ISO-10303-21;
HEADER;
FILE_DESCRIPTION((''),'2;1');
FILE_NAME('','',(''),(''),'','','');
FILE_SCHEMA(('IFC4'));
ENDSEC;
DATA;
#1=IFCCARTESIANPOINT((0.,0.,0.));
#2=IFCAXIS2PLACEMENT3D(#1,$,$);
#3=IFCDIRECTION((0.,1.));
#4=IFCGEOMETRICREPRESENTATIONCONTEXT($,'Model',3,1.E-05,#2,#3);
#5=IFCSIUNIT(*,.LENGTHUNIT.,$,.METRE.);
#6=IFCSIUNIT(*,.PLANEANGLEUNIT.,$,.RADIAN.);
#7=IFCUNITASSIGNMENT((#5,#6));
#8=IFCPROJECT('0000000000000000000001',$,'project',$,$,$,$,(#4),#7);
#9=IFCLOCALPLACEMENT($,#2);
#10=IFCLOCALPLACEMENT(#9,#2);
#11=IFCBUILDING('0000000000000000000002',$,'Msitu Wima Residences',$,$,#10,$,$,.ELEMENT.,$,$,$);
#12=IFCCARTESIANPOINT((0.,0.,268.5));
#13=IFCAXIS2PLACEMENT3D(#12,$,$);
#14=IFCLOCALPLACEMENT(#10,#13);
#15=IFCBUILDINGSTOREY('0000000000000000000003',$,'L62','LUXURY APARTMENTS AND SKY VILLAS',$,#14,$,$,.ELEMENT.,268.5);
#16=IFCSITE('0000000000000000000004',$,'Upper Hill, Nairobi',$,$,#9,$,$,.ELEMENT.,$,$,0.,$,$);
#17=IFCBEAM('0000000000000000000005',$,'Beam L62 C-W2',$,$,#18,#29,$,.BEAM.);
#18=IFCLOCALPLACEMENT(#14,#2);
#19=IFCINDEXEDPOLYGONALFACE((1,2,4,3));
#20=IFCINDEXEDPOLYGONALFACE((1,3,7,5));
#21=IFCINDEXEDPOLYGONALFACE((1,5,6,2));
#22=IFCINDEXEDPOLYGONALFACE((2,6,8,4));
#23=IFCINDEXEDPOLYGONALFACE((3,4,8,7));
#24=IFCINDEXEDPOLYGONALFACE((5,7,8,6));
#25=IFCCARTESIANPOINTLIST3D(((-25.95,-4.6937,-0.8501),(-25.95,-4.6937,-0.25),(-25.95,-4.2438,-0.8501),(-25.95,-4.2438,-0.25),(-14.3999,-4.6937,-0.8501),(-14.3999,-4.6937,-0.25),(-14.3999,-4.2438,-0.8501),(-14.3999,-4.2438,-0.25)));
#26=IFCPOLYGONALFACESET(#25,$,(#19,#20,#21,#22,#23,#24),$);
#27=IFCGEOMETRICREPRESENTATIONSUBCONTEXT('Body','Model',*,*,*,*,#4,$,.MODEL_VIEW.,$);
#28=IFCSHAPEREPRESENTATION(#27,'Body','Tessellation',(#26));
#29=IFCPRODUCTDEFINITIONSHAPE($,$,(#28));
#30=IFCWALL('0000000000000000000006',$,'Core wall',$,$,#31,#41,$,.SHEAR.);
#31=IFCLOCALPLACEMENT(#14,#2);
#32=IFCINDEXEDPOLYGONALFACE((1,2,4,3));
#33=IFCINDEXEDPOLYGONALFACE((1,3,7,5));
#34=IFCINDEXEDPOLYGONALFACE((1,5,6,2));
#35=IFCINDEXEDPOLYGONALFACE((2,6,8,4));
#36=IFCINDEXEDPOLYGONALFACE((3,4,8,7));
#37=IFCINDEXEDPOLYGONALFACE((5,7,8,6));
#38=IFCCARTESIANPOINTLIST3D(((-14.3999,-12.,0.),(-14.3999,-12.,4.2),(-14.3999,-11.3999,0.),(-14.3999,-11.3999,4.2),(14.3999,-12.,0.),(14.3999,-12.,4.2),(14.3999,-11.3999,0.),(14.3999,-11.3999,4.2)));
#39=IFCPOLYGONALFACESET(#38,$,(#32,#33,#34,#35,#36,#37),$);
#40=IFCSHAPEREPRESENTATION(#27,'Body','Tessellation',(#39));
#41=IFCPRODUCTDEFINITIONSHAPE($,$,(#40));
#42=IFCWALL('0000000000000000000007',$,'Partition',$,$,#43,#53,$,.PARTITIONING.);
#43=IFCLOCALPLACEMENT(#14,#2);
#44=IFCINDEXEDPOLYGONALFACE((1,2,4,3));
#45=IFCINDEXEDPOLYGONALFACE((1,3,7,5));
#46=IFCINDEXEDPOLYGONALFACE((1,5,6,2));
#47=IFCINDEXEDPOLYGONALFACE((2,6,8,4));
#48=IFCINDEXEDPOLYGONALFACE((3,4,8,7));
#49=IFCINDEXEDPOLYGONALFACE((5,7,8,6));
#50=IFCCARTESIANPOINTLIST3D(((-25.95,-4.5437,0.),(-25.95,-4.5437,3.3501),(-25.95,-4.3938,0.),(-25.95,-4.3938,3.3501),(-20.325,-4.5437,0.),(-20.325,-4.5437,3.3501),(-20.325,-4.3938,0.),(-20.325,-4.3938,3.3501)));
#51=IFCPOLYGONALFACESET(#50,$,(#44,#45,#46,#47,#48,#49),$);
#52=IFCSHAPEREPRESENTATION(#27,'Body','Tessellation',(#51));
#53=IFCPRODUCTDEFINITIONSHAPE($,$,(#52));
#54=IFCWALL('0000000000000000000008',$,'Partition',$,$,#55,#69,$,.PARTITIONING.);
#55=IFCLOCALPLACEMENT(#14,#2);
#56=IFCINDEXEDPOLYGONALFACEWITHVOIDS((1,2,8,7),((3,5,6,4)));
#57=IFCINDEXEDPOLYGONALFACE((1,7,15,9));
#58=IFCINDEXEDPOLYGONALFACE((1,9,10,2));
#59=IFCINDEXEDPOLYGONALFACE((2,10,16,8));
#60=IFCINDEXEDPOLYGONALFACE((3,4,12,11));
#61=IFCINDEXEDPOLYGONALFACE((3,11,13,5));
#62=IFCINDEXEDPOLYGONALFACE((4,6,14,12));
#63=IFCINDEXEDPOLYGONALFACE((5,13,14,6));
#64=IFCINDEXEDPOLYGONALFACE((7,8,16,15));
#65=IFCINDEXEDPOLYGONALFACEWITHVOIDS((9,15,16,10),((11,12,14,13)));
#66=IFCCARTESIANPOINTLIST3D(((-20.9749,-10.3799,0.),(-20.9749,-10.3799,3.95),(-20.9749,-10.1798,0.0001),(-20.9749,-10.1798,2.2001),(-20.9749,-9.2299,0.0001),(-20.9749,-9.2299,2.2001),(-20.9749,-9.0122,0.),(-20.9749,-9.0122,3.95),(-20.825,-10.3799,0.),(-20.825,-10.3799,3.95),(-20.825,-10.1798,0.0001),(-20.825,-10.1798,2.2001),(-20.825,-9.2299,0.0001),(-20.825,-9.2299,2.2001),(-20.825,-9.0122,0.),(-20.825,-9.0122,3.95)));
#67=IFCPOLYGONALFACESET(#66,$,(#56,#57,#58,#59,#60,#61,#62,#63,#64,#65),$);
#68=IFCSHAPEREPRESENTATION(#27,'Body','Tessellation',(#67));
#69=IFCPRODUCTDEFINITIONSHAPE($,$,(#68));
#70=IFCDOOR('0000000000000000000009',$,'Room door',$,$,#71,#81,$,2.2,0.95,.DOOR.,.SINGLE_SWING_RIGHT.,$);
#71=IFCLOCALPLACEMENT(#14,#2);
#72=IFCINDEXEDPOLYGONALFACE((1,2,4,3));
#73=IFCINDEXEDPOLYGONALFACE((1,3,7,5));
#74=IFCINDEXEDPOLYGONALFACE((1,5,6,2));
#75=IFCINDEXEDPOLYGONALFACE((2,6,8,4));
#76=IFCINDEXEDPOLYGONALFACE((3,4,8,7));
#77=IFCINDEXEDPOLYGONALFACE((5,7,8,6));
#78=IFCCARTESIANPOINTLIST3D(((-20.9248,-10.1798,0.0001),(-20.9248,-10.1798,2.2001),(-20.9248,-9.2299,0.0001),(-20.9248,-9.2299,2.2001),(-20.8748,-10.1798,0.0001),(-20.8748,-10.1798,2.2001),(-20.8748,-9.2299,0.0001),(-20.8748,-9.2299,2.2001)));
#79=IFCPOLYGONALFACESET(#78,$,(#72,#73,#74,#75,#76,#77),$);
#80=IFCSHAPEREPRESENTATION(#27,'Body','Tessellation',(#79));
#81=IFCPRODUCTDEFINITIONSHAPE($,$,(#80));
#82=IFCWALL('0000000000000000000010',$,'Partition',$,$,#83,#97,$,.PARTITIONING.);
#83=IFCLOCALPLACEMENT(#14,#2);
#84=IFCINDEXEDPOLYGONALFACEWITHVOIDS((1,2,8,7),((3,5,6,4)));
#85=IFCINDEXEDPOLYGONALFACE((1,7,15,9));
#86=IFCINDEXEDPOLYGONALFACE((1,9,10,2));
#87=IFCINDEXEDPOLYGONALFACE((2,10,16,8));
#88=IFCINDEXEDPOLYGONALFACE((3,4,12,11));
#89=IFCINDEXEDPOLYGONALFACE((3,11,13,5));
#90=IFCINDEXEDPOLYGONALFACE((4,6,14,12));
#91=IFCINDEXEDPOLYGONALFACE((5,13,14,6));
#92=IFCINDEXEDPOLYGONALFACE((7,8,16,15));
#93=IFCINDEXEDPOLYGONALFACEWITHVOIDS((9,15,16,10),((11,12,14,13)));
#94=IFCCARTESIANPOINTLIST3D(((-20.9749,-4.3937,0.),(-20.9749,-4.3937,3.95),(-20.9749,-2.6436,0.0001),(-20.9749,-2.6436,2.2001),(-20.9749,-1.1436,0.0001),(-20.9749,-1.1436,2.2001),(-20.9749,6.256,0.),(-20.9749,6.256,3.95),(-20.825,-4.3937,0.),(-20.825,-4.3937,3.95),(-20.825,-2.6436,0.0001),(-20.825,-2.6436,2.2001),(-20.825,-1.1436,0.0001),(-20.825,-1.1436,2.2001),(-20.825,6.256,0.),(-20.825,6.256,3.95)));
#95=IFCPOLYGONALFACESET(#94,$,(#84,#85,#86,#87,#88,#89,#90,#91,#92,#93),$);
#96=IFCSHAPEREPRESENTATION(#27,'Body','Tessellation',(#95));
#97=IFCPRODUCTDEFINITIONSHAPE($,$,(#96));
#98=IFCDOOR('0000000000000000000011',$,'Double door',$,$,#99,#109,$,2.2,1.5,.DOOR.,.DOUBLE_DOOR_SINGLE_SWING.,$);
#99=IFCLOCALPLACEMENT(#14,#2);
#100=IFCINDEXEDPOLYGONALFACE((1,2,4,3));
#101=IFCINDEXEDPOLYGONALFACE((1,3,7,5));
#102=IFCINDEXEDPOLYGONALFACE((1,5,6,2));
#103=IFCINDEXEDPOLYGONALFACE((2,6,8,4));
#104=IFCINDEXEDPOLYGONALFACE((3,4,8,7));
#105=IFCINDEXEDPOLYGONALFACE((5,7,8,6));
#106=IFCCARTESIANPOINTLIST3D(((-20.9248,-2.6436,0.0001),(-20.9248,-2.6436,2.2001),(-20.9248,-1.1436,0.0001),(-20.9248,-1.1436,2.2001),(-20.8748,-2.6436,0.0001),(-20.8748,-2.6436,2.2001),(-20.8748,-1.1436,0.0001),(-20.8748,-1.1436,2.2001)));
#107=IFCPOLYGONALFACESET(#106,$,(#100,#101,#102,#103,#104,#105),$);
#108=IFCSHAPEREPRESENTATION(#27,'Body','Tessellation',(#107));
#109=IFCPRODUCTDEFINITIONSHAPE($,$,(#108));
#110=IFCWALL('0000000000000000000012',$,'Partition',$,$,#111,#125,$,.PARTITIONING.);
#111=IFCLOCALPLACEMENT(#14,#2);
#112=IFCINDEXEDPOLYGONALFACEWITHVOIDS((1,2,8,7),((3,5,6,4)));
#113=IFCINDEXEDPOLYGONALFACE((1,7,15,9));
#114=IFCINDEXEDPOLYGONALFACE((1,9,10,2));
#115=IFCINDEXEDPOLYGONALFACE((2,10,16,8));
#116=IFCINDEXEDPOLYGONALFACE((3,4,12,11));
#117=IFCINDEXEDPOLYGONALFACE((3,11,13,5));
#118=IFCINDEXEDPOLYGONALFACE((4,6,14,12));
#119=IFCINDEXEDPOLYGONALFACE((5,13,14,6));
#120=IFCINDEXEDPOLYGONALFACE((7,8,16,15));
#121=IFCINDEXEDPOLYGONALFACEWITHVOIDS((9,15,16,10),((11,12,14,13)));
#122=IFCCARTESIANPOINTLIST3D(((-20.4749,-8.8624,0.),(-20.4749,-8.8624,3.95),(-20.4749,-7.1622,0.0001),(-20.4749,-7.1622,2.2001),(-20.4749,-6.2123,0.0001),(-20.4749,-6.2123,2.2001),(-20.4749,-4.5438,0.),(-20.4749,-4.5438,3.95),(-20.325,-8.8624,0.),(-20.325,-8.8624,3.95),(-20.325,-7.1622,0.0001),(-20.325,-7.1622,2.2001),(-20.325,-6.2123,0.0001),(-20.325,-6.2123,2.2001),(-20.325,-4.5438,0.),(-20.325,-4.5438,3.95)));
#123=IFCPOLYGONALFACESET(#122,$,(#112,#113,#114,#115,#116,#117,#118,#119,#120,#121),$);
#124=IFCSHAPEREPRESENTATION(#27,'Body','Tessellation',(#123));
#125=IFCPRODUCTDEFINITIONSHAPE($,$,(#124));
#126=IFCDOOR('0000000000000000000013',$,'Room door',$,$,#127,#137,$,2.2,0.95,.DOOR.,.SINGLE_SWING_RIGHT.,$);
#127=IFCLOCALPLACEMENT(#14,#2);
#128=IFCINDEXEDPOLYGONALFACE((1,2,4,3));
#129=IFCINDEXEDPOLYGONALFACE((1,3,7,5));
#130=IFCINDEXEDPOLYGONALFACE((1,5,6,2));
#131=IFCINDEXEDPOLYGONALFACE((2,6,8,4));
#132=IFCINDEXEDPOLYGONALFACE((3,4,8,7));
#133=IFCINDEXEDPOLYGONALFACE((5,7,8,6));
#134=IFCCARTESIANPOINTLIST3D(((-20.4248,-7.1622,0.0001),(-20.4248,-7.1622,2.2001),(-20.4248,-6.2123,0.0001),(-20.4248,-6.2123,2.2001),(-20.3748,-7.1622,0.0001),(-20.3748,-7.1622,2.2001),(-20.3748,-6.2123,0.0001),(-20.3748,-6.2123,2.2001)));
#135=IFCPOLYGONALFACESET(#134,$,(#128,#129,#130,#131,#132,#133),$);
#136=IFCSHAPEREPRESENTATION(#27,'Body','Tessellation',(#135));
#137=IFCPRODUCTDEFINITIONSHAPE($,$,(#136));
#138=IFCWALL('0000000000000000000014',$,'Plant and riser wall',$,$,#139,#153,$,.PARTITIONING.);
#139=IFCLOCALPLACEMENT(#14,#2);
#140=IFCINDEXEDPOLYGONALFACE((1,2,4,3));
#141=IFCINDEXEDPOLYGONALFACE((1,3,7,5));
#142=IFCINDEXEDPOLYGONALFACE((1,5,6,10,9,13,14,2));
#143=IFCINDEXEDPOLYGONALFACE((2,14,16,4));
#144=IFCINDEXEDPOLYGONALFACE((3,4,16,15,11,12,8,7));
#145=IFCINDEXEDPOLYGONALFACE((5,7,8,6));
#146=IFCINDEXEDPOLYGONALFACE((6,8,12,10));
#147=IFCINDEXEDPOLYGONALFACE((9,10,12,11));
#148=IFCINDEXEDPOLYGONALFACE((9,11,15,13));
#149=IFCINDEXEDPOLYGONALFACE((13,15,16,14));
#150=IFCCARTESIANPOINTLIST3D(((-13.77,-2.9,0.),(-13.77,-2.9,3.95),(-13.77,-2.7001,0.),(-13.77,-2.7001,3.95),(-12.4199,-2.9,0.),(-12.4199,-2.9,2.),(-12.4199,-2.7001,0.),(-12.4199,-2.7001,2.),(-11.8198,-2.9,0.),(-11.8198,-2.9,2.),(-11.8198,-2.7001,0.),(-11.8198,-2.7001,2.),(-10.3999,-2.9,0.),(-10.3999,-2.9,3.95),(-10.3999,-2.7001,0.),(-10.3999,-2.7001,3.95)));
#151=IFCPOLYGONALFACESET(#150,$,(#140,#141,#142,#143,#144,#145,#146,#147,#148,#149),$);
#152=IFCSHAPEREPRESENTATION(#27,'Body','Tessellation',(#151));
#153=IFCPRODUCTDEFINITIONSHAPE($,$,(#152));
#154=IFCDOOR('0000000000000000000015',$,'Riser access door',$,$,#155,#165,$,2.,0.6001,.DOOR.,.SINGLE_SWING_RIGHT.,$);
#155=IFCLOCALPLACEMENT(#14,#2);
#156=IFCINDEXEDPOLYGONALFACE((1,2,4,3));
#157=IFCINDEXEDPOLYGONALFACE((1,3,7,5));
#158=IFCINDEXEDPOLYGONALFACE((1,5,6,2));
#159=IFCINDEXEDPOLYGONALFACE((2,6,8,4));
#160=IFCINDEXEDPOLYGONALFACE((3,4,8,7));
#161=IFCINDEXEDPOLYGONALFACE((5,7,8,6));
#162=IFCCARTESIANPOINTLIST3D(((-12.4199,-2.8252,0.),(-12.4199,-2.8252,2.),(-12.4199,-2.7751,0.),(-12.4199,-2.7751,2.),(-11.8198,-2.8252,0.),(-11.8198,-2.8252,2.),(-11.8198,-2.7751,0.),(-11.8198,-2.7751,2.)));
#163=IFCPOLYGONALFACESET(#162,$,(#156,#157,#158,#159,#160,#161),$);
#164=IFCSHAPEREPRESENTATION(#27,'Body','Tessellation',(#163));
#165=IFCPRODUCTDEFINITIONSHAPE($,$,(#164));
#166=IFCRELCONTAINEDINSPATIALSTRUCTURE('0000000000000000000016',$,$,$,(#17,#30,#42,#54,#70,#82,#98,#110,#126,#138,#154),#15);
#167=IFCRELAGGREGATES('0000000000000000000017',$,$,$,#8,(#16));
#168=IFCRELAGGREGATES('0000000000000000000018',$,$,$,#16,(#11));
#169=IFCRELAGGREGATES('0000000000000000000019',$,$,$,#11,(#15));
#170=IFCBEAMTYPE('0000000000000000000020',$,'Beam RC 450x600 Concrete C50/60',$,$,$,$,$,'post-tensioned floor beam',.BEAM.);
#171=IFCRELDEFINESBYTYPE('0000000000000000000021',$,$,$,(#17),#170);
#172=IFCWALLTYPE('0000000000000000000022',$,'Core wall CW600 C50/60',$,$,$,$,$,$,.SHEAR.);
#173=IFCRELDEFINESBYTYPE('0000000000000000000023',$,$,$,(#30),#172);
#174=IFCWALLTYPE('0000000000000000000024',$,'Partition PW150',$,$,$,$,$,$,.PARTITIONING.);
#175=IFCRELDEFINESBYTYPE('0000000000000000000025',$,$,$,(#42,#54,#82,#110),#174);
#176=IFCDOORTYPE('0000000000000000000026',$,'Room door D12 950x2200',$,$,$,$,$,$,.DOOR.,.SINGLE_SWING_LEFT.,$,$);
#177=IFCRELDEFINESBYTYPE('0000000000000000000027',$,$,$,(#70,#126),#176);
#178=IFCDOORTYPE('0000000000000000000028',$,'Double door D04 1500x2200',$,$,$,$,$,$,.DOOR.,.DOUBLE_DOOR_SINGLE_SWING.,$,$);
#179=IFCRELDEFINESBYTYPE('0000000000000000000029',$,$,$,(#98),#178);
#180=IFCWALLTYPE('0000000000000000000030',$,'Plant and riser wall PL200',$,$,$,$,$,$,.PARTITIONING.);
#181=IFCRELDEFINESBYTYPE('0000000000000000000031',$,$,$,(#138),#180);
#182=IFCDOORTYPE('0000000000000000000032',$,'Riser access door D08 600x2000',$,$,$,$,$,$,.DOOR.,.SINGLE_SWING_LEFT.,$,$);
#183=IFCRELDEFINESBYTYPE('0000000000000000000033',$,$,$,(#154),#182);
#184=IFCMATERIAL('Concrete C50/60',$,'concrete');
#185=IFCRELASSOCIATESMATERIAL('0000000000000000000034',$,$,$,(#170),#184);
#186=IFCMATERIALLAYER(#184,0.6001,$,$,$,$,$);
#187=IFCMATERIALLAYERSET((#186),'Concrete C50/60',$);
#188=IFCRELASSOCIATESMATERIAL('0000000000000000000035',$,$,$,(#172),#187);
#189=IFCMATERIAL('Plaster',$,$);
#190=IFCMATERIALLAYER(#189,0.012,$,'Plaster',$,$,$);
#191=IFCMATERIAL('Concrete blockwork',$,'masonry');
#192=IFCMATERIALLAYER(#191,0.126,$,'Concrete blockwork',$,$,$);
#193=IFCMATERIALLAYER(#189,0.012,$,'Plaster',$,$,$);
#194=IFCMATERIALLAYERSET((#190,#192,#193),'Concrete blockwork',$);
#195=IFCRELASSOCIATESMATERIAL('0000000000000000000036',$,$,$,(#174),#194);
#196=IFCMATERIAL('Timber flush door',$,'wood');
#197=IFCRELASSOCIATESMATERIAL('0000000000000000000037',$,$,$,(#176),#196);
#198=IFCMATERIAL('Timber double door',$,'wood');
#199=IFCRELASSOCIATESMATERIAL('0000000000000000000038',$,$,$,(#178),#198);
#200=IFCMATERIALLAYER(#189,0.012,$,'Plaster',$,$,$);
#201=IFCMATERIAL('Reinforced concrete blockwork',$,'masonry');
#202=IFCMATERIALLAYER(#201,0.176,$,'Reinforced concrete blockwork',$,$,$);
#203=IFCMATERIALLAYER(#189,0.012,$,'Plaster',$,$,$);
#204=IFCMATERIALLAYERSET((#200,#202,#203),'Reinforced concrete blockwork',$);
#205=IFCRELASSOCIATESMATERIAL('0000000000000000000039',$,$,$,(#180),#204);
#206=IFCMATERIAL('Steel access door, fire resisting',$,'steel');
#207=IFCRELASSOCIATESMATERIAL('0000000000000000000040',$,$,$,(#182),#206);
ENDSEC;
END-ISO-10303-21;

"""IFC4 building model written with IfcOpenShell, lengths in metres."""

from ifc_helpers import new_model, si_unit, direction, frame, frame_2d, origin, origin_2d, place, context, subcontext, project, spatial, rectangle, extrude, material, layer, layer_set, material_profile, profile_set, type_object, element, fill, save


model = new_model("IFC4")

# Units and contexts
model_context = context("Model", 3, precision=1e-05, world=origin(), true_north=direction((0.0, 1.0)))
body_context = subcontext(model_context, "Body", "Model", "MODEL_VIEW")
ifc_project = project(units=[si_unit("LENGTHUNIT", "METRE"), si_unit("PLANEANGLEUNIT", "RADIAN")], contexts=[model_context])

# Site, building, storey
site_placement = place(None, origin())
site = spatial("IfcSite", under=ifc_project, at=site_placement, Name="Upper Hill, Nairobi", CompositionType="ELEMENT", RefElevation=0.0)
building_placement = place(site_placement, origin())
building = spatial("IfcBuilding", under=site, at=building_placement, Name="Msitu Wima Residences", CompositionType="ELEMENT")
storey_placement = place(building_placement, frame((0.0, 0.0, 268.5)))
storey = spatial("IfcBuildingStorey", under=building, at=storey_placement, Name="L62", Description="LUXURY APARTMENTS AND SKY VILLAS", CompositionType="ELEMENT", Elevation=268.5)

# Beam
ifc_material_1 = material(Name="Concrete C50/60", Category="concrete")
ifc_material_profile = material_profile(ifc_material_1, rectangle(XDim=0.45, YDim=0.6001, at=origin_2d()), Name="RC 450x600")
ifc_profile_set = profile_set([ifc_material_profile], Name="Concrete C50/60")
beam_type = type_object("IfcBeamType", Name="Beam RC 450x600 Concrete C50/60", ElementType="post-tensioned floor beam", PredefinedType="BEAM", material=ifc_profile_set)
beam_placement = place(storey_placement, frame((-25.95, -4.4688, -0.55), z_axis=(1.0, 0.0, 0.0), x_axis=(0.0, 1.0, 0.0)))
element("IfcBeam", 1, at=beam_placement, inside=storey, type_object=beam_type, Name="Beam L62 C-W2", PredefinedType="BEAM", context=body_context, shape_type="SweptSolid", body=[
    extrude(rectangle(XDim=0.45, YDim=0.6001, at=origin_2d()), origin(), (0.0, 0.0, 1.0), 11.55),
])

# Wall
ifc_layer_1 = layer(ifc_material_1, 0.6001)
ifc_layer_set_1 = layer_set([ifc_layer_1], Name="Concrete C50/60")
wall_type_1 = type_object("IfcWallType", Name="Core wall CW600 C50/60", PredefinedType="SHEAR", material=ifc_layer_set_1)
wall_1_placement = place(storey_placement, frame((-14.3999, -11.7, 0.0), z_axis=(0.0, 0.0, 1.0), x_axis=(1.0, 0.0, 0.0)))
element("IfcWall", 2, at=wall_1_placement, inside=storey, type_object=wall_type_1, Name="Core wall", PredefinedType="SHEAR", context=body_context, shape_type="SweptSolid", body=[
    extrude(rectangle(XDim=28.7998, YDim=0.6001, at=frame_2d((14.3999, 0.0))), origin(), (0.0, 0.0, 1.0), 4.2),
])

# Wall
ifc_material_2 = material(Name="Plaster")
ifc_layer_2 = layer(ifc_material_2, 0.012, Name="Plaster")
ifc_material_3 = material(Name="Concrete blockwork", Category="masonry")
ifc_layer_3 = layer(ifc_material_3, 0.126, Name="Concrete blockwork")
ifc_layer_4 = layer(ifc_material_2, 0.012, Name="Plaster")
ifc_layer_set_2 = layer_set([ifc_layer_2, ifc_layer_3, ifc_layer_4], Name="Concrete blockwork")
wall_type_2 = type_object("IfcWallType", Name="Partition PW150", PredefinedType="PARTITIONING", material=ifc_layer_set_2)
wall_2_placement = place(storey_placement, frame((-25.95, -4.4688, 0.0), z_axis=(0.0, 0.0, 1.0), x_axis=(1.0, 0.0, 0.0)))
element("IfcWall", 3, at=wall_2_placement, inside=storey, type_object=wall_type_2, Name="Partition", PredefinedType="PARTITIONING", context=body_context, shape_type="SweptSolid", body=[
    extrude(rectangle(XDim=5.625, YDim=0.1499, at=frame_2d((2.8125, 0.0))), origin(), (0.0, 0.0, 1.0), 3.3501),
])

# Walls, openings, doors
wall_3_placement = place(storey_placement, frame((-20.8999, -10.3799, 0.0), z_axis=(0.0, 0.0, 1.0), x_axis=(0.0, 1.0, 0.0)))
wall_3 = element("IfcWall", 4, at=wall_3_placement, inside=storey, type_object=wall_type_2, Name="Partition", PredefinedType="PARTITIONING", context=body_context, shape_type="SweptSolid", body=[
    extrude(rectangle(XDim=1.3677, YDim=0.1499, at=frame_2d((0.6838, 0.0))), origin(), (0.0, 0.0, 1.0), 3.95),
])
opening_1_placement = place(wall_3_placement, frame((0.2, 0.0, 0.0)))
opening_1 = element("IfcOpeningElement", 5, at=opening_1_placement, cuts=wall_3, PredefinedType="OPENING", context=body_context, shape_type="SweptSolid", body=[
    extrude(rectangle(XDim=0.95, YDim=2.2, at=frame_2d((0.4751, 1.1001))), frame((0.0, 0.085, 0.0), z_axis=(0.0, -1.0, 0.0), x_axis=(1.0, 0.0, 0.0)), (0.0, 0.0, 1.0), 0.1699),
])
ifc_material_4 = material(Name="Timber flush door", Category="wood")
door_type_1 = type_object("IfcDoorType", Name="Room door D12 950x2200", OperationType="SINGLE_SWING_LEFT", PredefinedType="DOOR", material=ifc_material_4)
door_1_placement = place(opening_1_placement, origin())
door_1 = element("IfcDoor", 6, at=door_1_placement, inside=storey, type_object=door_type_1, Name="Room door", OperationType="SINGLE_SWING_RIGHT", OverallHeight=2.2, OverallWidth=0.95, PredefinedType="DOOR", context=body_context, shape_type="SweptSolid", body=[
    extrude(rectangle(XDim=0.95, YDim=2.2, at=frame_2d((0.4751, 1.1001))), frame((0.0, 0.0249, 0.0), z_axis=(0.0, -1.0, 0.0), x_axis=(1.0, 0.0, 0.0)), (0.0, 0.0, 1.0), 0.05),
])
fill(opening_1, door_1)
wall_4_placement = place(storey_placement, frame((-20.8999, -4.3936, 0.0), z_axis=(0.0, 0.0, 1.0), x_axis=(0.0, 1.0, 0.0)))
wall_4 = element("IfcWall", 7, at=wall_4_placement, inside=storey, type_object=wall_type_2, Name="Partition", PredefinedType="PARTITIONING", context=body_context, shape_type="SweptSolid", body=[
    extrude(rectangle(XDim=10.6497, YDim=0.1499, at=frame_2d((5.3247, 0.0))), origin(), (0.0, 0.0, 1.0), 3.95),
])
opening_2_placement = place(wall_4_placement, frame((1.75, 0.0, 0.0)))
opening_2 = element("IfcOpeningElement", 8, at=opening_2_placement, cuts=wall_4, PredefinedType="OPENING", context=body_context, shape_type="SweptSolid", body=[
    extrude(rectangle(XDim=1.5, YDim=2.2, at=frame_2d((0.75, 1.1001))), frame((0.0, 0.085, 0.0), z_axis=(0.0, -1.0, 0.0), x_axis=(1.0, 0.0, 0.0)), (0.0, 0.0, 1.0), 0.1699),
])
ifc_material_5 = material(Name="Timber double door", Category="wood")
door_type_2 = type_object("IfcDoorType", Name="Double door D04 1500x2200", OperationType="DOUBLE_DOOR_SINGLE_SWING", PredefinedType="DOOR", material=ifc_material_5)
door_2_placement = place(opening_2_placement, origin())
door_2 = element("IfcDoor", 9, at=door_2_placement, inside=storey, type_object=door_type_2, Name="Double door", OperationType="DOUBLE_DOOR_SINGLE_SWING", OverallHeight=2.2, OverallWidth=1.5, PredefinedType="DOOR", context=body_context, shape_type="SweptSolid", body=[
    extrude(rectangle(XDim=1.5, YDim=2.2, at=frame_2d((0.75, 1.1001))), frame((0.0, 0.0249, 0.0), z_axis=(0.0, -1.0, 0.0), x_axis=(1.0, 0.0, 0.0)), (0.0, 0.0, 1.0), 0.05),
])
fill(opening_2, door_2)
wall_5_placement = place(storey_placement, frame((-20.3999, -8.8623, 0.0), z_axis=(0.0, 0.0, 1.0), x_axis=(0.0, 1.0, 0.0)))
wall_5 = element("IfcWall", 10, at=wall_5_placement, inside=storey, type_object=wall_type_2, Name="Partition", PredefinedType="PARTITIONING", context=body_context, shape_type="SweptSolid", body=[
    extrude(rectangle(XDim=4.3186, YDim=0.1499, at=frame_2d((2.1592, 0.0))), origin(), (0.0, 0.0, 1.0), 3.95),
])
opening_3_placement = place(wall_5_placement, frame((1.7, 0.0, 0.0)))
opening_3 = element("IfcOpeningElement", 11, at=opening_3_placement, cuts=wall_5, PredefinedType="OPENING", context=body_context, shape_type="SweptSolid", body=[
    extrude(rectangle(XDim=0.95, YDim=2.2, at=frame_2d((0.4751, 1.1001))), frame((0.0, 0.085, 0.0), z_axis=(0.0, -1.0, 0.0), x_axis=(1.0, 0.0, 0.0)), (0.0, 0.0, 1.0), 0.1699),
])
door_3_placement = place(opening_3_placement, origin())
door_3 = element("IfcDoor", 12, at=door_3_placement, inside=storey, type_object=door_type_1, Name="Room door", OperationType="SINGLE_SWING_RIGHT", OverallHeight=2.2, OverallWidth=0.95, PredefinedType="DOOR", context=body_context, shape_type="SweptSolid", body=[
    extrude(rectangle(XDim=0.95, YDim=2.2, at=frame_2d((0.4751, 1.1001))), frame((0.0, 0.0249, 0.0), z_axis=(0.0, -1.0, 0.0), x_axis=(1.0, 0.0, 0.0)), (0.0, 0.0, 1.0), 0.05),
])
fill(opening_3, door_3)
ifc_layer_5 = layer(ifc_material_2, 0.012, Name="Plaster")
ifc_material_6 = material(Name="Reinforced concrete blockwork", Category="masonry")
ifc_layer_6 = layer(ifc_material_6, 0.176, Name="Reinforced concrete blockwork")
ifc_layer_7 = layer(ifc_material_2, 0.012, Name="Plaster")
ifc_layer_set_3 = layer_set([ifc_layer_5, ifc_layer_6, ifc_layer_7], Name="Reinforced concrete blockwork")
wall_type_3 = type_object("IfcWallType", Name="Plant and riser wall PL200", PredefinedType="PARTITIONING", material=ifc_layer_set_3)
wall_6_placement = place(storey_placement, frame((-13.77, -2.8, 0.0), z_axis=(0.0, 0.0, 1.0), x_axis=(1.0, 0.0, 0.0)))
wall_6 = element("IfcWall", 13, at=wall_6_placement, inside=storey, type_object=wall_type_3, Name="Plant and riser wall", PredefinedType="PARTITIONING", context=body_context, shape_type="SweptSolid", body=[
    extrude(rectangle(XDim=3.3701, YDim=0.2, at=frame_2d((1.6851, 0.0))), origin(), (0.0, 0.0, 1.0), 3.95),
])
opening_4_placement = place(wall_6_placement, frame((1.3501, 0.0, 0.0)))
opening_4 = element("IfcOpeningElement", 14, at=opening_4_placement, cuts=wall_6, PredefinedType="OPENING", context=body_context, shape_type="SweptSolid", body=[
    extrude(rectangle(XDim=0.6001, YDim=2.0, at=frame_2d((0.3, 1.0))), frame((0.0, 0.1099, 0.0), z_axis=(0.0, -1.0, 0.0), x_axis=(1.0, 0.0, 0.0)), (0.0, 0.0, 1.0), 0.22),
])
ifc_material_7 = material(Name="Steel access door, fire resisting", Category="steel")
door_type_3 = type_object("IfcDoorType", Name="Riser access door D08 600x2000", OperationType="SINGLE_SWING_LEFT", PredefinedType="DOOR", material=ifc_material_7)
door_4_placement = place(opening_4_placement, origin())
door_4 = element("IfcDoor", 15, at=door_4_placement, inside=storey, type_object=door_type_3, Name="Riser access door", OperationType="SINGLE_SWING_RIGHT", OverallHeight=2.0, OverallWidth=0.6001, PredefinedType="DOOR", context=body_context, shape_type="SweptSolid", body=[
    extrude(rectangle(XDim=0.6001, YDim=2.0, at=frame_2d((0.3, 1.0))), frame((0.0, 0.0249, 0.0), z_axis=(0.0, -1.0, 0.0), x_axis=(1.0, 0.0, 0.0)), (0.0, 0.0, 1.0), 0.05),
])
fill(opening_4, door_4)

save(model, "model.ifc")
